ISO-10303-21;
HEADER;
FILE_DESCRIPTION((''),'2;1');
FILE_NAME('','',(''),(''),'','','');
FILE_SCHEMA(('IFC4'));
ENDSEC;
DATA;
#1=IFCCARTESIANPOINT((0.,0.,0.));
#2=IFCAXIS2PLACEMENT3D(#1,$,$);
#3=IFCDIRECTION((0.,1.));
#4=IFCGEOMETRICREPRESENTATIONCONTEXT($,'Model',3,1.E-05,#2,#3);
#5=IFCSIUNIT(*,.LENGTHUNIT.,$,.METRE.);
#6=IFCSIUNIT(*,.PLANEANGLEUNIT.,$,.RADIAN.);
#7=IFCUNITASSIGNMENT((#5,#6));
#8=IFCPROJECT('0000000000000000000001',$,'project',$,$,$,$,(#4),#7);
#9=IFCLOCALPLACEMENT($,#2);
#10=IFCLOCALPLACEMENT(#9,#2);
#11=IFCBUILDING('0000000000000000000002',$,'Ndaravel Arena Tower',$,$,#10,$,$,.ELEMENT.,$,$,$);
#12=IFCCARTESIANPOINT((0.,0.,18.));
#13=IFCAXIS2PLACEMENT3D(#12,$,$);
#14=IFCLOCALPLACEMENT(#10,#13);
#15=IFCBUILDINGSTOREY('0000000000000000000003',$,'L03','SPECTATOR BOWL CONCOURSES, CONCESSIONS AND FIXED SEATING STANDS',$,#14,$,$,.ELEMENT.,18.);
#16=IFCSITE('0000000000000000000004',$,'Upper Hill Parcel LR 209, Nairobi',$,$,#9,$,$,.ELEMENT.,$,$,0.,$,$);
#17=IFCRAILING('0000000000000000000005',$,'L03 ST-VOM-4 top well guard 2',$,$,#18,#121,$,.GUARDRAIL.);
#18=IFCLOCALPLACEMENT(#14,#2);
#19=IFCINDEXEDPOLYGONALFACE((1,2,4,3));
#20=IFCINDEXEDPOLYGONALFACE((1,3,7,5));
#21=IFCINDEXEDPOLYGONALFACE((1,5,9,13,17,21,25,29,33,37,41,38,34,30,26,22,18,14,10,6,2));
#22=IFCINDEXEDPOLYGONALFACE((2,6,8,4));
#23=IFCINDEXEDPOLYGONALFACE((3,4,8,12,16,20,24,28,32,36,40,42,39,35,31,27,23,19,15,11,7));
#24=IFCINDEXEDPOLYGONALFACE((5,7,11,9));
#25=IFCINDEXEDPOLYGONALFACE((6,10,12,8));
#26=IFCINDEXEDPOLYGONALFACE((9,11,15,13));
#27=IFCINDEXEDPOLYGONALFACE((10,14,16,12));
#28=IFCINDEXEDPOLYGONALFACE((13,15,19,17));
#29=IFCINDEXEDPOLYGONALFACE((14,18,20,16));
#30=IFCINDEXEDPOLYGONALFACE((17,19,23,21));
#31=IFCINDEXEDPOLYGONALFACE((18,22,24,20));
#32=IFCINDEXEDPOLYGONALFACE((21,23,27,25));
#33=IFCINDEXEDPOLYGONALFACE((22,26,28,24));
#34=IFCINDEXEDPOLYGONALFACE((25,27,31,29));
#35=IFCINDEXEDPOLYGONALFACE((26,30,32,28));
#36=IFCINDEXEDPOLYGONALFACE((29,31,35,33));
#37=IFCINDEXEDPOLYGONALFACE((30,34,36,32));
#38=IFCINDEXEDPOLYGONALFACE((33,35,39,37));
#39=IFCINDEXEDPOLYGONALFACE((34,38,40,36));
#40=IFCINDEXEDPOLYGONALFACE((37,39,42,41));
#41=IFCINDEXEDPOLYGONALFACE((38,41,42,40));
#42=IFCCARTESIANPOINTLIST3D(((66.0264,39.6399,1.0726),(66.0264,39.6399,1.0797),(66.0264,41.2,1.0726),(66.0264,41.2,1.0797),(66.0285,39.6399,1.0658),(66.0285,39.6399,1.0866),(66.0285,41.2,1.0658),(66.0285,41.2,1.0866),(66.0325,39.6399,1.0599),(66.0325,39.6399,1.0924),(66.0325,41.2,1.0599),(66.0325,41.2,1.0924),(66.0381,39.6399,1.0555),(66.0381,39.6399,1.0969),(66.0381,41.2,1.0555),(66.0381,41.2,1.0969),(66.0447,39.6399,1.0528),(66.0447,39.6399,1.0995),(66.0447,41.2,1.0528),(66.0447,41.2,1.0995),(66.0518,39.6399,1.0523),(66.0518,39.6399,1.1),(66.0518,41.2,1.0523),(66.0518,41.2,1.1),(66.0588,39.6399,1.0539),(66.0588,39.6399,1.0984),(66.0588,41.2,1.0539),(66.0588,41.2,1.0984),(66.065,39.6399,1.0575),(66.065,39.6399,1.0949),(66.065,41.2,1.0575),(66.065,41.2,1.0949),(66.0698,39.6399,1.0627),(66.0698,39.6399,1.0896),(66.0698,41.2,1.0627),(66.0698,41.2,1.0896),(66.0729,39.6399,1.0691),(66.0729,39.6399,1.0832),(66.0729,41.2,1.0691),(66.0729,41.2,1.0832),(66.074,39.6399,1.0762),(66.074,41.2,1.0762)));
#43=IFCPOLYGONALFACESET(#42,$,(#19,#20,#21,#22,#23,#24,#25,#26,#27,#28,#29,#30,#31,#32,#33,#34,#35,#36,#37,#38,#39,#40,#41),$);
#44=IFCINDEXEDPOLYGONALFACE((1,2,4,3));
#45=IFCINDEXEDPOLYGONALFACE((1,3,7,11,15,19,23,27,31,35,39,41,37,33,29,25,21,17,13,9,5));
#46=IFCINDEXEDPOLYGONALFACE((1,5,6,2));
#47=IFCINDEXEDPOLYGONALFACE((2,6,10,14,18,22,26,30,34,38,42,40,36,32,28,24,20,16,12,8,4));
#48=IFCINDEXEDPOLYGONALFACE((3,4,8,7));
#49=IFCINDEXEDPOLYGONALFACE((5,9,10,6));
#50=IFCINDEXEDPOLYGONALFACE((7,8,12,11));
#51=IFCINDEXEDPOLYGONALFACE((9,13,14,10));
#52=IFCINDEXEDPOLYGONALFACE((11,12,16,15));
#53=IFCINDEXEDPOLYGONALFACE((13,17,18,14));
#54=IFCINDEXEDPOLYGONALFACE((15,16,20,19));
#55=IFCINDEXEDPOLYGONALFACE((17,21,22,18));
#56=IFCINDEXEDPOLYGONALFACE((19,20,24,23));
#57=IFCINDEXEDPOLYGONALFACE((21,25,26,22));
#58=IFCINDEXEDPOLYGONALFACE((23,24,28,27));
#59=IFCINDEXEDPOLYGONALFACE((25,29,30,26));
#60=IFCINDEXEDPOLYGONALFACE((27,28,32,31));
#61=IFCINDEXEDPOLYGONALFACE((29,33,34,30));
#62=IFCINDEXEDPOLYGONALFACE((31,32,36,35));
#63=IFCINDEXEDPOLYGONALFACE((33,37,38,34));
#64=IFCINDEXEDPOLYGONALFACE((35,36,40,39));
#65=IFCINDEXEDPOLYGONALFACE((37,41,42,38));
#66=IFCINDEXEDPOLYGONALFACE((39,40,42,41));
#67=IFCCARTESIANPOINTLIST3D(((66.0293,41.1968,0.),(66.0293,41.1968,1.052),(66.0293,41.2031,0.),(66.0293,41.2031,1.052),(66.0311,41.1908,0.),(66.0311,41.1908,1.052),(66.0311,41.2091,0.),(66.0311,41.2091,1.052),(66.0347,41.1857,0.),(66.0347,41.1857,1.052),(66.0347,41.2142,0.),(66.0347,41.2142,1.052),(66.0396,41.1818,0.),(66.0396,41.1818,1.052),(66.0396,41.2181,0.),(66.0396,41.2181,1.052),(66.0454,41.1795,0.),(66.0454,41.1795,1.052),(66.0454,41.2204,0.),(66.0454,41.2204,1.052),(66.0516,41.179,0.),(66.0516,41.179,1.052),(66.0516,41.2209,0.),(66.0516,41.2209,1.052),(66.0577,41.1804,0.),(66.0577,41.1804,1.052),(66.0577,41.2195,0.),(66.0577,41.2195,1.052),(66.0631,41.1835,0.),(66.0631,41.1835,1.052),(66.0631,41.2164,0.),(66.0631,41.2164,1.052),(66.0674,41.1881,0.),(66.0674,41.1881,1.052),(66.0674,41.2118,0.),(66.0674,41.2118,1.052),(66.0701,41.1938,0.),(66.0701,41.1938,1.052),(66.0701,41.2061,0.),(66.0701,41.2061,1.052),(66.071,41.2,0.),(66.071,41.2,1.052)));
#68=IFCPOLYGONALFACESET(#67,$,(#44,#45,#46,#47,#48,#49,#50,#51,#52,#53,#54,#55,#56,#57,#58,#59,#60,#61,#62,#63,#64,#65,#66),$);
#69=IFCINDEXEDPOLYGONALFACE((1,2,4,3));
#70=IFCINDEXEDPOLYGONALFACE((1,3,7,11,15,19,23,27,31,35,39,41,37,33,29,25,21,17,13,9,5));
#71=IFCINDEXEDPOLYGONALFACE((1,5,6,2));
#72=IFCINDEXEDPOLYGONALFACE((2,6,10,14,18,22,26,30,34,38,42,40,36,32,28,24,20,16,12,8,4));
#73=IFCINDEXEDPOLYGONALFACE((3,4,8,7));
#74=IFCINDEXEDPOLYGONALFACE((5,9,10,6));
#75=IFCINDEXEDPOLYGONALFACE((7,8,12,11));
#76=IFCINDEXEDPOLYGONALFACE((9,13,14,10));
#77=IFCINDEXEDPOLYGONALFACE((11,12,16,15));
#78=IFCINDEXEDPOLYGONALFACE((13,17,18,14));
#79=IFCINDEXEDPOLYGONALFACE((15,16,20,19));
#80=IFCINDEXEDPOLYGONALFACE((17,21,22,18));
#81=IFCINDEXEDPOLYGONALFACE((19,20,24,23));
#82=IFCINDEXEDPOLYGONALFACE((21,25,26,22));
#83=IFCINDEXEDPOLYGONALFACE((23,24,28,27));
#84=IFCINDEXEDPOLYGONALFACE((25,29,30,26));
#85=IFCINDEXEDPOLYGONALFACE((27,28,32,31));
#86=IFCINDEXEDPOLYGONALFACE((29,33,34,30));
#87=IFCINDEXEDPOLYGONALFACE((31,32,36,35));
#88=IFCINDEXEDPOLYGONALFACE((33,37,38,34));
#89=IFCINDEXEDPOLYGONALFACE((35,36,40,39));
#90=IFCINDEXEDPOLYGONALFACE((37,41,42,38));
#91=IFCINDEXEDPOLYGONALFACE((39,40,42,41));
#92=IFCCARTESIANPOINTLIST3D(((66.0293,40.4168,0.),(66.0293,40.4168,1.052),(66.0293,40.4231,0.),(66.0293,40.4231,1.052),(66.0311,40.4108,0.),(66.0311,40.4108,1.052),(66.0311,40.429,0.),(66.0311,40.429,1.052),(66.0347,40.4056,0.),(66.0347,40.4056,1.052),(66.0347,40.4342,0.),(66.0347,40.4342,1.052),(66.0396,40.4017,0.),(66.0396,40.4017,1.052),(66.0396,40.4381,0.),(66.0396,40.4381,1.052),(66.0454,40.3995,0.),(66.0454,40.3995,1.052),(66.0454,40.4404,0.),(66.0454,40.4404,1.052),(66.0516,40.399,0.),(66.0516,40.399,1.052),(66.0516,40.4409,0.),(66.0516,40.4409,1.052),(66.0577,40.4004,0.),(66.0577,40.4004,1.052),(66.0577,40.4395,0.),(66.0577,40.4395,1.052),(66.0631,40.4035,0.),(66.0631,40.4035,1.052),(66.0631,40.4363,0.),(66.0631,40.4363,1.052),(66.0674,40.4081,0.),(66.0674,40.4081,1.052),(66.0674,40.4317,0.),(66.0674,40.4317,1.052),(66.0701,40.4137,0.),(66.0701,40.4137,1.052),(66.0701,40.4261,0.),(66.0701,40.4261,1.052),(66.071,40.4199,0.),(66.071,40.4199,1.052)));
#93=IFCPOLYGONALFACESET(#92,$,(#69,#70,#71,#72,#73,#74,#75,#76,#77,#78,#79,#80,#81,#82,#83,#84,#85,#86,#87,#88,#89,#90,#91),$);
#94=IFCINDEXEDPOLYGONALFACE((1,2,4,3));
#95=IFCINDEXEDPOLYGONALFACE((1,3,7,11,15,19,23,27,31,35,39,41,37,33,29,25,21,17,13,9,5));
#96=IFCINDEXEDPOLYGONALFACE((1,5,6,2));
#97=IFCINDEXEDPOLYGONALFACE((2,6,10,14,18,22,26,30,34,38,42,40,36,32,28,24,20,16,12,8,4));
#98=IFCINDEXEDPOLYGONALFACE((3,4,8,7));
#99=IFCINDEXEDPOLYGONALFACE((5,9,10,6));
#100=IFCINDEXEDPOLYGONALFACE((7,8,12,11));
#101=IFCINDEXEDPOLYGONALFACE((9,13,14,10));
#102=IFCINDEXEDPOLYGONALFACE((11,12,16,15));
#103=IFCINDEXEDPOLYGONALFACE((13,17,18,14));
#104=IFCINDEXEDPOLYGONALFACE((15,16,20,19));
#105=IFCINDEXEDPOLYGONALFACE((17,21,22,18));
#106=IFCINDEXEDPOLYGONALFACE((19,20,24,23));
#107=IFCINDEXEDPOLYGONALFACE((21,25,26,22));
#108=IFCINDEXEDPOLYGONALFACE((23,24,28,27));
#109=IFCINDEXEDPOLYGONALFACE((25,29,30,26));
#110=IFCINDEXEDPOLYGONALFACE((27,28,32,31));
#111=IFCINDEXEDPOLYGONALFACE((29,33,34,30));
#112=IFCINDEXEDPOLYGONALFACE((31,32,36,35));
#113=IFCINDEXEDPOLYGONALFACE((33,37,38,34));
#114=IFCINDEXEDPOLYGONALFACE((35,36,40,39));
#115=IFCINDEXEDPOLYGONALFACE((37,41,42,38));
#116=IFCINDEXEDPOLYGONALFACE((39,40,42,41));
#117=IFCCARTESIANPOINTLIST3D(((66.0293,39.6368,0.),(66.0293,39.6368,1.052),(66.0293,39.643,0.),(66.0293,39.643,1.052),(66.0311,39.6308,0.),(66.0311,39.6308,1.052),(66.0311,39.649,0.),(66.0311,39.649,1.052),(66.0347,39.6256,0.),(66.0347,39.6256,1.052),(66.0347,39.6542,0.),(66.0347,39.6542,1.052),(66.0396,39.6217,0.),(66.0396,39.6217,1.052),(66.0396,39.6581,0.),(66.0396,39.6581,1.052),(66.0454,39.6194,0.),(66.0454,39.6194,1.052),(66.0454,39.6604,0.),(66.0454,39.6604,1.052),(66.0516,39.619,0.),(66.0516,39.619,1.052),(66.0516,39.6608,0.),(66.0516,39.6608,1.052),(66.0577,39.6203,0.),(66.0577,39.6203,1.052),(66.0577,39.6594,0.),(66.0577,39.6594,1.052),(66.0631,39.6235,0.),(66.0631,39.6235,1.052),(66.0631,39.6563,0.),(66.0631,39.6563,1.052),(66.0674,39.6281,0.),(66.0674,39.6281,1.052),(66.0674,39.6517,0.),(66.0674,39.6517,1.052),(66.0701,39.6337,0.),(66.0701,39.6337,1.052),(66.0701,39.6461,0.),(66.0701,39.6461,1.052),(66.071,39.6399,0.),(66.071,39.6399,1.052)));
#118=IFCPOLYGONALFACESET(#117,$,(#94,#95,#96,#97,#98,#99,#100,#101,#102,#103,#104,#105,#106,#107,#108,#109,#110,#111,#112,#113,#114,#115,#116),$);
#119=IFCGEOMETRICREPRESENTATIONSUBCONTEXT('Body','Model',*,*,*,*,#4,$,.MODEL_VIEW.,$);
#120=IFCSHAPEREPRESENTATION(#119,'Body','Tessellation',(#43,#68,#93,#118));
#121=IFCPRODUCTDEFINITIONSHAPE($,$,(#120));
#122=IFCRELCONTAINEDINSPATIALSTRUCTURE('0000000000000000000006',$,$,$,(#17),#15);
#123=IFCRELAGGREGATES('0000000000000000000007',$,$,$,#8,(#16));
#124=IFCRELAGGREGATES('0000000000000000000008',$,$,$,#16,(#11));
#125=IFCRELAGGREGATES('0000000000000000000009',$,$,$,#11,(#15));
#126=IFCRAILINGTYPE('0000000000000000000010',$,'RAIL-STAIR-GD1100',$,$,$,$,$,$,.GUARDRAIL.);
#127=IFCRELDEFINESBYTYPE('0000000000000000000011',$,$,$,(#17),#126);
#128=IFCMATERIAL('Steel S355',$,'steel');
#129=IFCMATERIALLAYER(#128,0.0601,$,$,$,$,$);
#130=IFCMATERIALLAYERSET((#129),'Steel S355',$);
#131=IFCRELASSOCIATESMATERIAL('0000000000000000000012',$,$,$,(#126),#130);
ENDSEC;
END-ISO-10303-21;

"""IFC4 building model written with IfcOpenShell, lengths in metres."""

from ifc_helpers import new_model, si_unit, direction, frame, origin, origin_2d, place, context, subcontext, project, spatial, circle, extrude, material, layer, layer_set, type_object, element, save


model = new_model("IFC4")

# Units and contexts
model_context = context("Model", 3, precision=1e-05, world=origin(), true_north=direction((0.0, 1.0)))
body_context = subcontext(model_context, "Body", "Model", "MODEL_VIEW")
ifc_project = project(units=[si_unit("LENGTHUNIT", "METRE"), si_unit("PLANEANGLEUNIT", "RADIAN")], contexts=[model_context])

# Site, building, storey
site_placement = place(None, origin())
site = spatial("IfcSite", under=ifc_project, at=site_placement, Name="Upper Hill Parcel LR 209, Nairobi", CompositionType="ELEMENT", RefElevation=0.0)
building_placement = place(site_placement, origin())
building = spatial("IfcBuilding", under=site, at=building_placement, Name="Ndaravel Arena Tower", CompositionType="ELEMENT")
storey_placement = place(building_placement, frame((0.0, 0.0, 18.0)))
storey = spatial("IfcBuildingStorey", under=building, at=storey_placement, Name="L03", Description="SPECTATOR BOWL CONCOURSES, CONCESSIONS AND FIXED SEATING STANDS", CompositionType="ELEMENT", Elevation=18.0)

# Railing
ifc_material_1 = material(Name="Steel S355", Category="steel")
ifc_layer_1 = layer(ifc_material_1, 0.0601)
ifc_layer_set_1 = layer_set([ifc_layer_1], Name="Steel S355")
railing_type = type_object("IfcRailingType", Name="RAIL-STAIR-GD1100", PredefinedType="GUARDRAIL", material=ifc_layer_set_1)
for number, where, name in (
    (1, (66.05, 41.2, 0.0), "L03 ST-VOM-4 top well guard 2"),
):
    element("IfcRailing", number, at=place(storey_placement, frame(where)), inside=storey, type_object=railing_type, Name=name, PredefinedType="GUARDRAIL", context=body_context, shape_type="SweptSolid", body=[
        extrude(circle(Radius=0.0239, at=origin_2d()), frame((0.0, 0.0, 1.0762), z_axis=(0.0, -1.0, 0.0), x_axis=(1.0, 0.0, 0.0)), (0.0, 0.0, 1.0), 1.5601),
        extrude(circle(Radius=0.021, at=origin_2d()), origin(), (0.0, 0.0, 1.0), 1.052),
        extrude(circle(Radius=0.021, at=origin_2d()), frame((0.0, -0.78, 0.0)), (0.0, 0.0, 1.0), 1.052),
        extrude(circle(Radius=0.021, at=origin_2d()), frame((0.0, -1.5601, 0.0)), (0.0, 0.0, 1.0), 1.052),
    ])

save(model, "model.ifc")
